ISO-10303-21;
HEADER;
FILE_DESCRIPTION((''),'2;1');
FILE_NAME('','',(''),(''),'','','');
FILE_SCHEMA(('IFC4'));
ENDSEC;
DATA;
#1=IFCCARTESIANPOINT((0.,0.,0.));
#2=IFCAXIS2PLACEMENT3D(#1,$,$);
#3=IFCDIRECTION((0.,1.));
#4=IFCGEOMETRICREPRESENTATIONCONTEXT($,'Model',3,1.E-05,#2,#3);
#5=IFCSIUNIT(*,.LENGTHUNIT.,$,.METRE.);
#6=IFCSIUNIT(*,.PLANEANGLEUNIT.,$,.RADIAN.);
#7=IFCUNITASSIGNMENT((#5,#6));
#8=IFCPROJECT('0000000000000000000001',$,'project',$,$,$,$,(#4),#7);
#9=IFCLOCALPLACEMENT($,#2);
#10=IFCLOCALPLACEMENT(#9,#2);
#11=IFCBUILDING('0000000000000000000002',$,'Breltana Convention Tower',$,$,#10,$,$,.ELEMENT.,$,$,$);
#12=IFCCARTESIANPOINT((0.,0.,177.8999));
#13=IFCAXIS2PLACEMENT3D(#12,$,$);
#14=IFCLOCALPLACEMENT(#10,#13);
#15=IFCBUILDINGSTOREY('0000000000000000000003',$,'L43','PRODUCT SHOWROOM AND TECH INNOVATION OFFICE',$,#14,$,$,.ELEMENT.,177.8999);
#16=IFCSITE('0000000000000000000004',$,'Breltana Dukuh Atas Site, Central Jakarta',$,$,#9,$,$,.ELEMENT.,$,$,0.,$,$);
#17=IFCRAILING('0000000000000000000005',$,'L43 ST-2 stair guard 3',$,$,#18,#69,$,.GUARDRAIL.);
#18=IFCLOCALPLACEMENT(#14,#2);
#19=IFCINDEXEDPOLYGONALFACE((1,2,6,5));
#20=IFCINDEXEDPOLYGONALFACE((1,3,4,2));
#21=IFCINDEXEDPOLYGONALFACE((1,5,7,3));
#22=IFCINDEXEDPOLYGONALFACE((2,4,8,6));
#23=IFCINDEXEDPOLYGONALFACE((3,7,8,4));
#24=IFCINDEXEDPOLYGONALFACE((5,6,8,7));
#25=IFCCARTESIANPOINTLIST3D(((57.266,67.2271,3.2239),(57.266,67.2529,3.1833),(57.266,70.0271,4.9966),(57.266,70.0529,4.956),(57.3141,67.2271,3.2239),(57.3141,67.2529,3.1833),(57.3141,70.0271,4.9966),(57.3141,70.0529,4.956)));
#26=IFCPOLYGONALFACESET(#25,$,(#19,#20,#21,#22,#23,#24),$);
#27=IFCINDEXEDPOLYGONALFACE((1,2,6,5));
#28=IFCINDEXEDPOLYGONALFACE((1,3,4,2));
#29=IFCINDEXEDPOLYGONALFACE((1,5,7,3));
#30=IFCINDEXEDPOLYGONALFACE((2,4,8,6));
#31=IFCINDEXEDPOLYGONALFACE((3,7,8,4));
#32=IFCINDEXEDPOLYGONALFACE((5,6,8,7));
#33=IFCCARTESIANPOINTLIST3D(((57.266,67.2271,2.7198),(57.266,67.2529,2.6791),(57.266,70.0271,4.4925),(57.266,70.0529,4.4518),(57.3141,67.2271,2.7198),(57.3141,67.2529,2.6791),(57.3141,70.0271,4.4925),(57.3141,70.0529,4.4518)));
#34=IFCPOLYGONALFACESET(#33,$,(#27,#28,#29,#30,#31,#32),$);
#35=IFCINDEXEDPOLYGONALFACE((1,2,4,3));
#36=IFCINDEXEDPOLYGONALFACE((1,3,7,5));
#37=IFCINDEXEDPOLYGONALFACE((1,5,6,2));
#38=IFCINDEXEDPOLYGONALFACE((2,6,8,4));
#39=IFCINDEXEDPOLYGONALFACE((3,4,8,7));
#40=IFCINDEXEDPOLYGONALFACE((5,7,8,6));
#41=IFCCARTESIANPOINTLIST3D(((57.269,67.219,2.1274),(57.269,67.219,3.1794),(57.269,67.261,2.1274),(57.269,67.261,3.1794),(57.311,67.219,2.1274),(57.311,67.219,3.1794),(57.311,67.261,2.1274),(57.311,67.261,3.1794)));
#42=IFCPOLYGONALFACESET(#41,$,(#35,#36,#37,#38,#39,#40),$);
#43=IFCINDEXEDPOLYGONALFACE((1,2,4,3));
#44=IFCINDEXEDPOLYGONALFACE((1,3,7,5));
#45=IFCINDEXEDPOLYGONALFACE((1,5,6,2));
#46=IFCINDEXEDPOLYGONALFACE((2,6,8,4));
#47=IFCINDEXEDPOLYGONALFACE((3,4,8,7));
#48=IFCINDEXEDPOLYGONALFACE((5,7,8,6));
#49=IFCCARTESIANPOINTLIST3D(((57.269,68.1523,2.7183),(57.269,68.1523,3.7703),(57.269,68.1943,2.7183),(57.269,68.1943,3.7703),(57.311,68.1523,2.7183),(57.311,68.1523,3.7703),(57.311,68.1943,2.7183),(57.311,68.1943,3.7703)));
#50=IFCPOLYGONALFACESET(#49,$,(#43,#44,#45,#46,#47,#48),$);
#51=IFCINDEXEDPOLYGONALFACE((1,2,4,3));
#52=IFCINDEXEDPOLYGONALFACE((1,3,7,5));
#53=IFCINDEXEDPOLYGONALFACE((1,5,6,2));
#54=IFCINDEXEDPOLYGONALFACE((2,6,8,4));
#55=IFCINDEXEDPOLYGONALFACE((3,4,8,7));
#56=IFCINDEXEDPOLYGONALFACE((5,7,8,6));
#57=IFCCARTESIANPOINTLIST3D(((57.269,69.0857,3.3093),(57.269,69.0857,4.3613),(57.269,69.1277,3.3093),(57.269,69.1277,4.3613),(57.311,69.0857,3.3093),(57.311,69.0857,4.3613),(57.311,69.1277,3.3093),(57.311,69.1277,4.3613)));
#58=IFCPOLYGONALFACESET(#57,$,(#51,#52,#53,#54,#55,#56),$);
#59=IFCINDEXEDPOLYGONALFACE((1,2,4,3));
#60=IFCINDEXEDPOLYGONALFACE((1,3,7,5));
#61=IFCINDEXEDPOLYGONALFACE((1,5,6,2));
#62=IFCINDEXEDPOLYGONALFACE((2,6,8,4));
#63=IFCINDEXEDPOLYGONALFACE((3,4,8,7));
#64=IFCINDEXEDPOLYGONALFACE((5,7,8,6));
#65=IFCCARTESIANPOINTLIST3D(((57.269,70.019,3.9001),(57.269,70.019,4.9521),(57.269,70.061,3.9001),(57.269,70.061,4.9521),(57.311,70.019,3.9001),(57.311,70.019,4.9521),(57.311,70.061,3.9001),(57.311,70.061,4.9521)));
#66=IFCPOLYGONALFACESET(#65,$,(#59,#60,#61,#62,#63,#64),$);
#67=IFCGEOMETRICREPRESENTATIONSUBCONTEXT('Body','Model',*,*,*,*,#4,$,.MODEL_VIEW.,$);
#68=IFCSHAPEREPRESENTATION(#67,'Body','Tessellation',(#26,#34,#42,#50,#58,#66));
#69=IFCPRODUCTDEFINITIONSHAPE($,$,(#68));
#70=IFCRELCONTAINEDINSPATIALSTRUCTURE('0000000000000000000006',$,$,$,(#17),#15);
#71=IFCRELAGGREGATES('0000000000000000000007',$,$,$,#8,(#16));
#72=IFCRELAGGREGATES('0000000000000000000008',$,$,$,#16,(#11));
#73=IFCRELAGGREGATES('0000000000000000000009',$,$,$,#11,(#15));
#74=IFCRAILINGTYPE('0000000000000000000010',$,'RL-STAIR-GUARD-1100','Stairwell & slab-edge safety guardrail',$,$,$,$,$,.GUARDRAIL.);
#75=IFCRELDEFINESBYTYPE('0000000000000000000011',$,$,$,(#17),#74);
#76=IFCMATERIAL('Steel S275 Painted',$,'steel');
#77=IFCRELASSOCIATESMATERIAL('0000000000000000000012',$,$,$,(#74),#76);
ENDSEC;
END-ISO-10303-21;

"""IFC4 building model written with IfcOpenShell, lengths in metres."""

from ifc_helpers import new_model, si_unit, direction, frame, origin, origin_2d, place, context, subcontext, project, spatial, rectangle, extrude, material, type_object, element, save


model = new_model("IFC4")

# Units and contexts
model_context = context("Model", 3, precision=1e-05, world=origin(), true_north=direction((0.0, 1.0)))
body_context = subcontext(model_context, "Body", "Model", "MODEL_VIEW")
ifc_project = project(units=[si_unit("LENGTHUNIT", "METRE"), si_unit("PLANEANGLEUNIT", "RADIAN")], contexts=[model_context])

# Site, building, storey
site_placement = place(None, origin())
site = spatial("IfcSite", under=ifc_project, at=site_placement, Name="Breltana Dukuh Atas Site, Central Jakarta", CompositionType="ELEMENT", RefElevation=0.0)
building_placement = place(site_placement, origin())
building = spatial("IfcBuilding", under=site, at=building_placement, Name="Breltana Convention Tower", CompositionType="ELEMENT")
storey_placement = place(building_placement, frame((0.0, 0.0, 177.8999)))
storey = spatial("IfcBuildingStorey", under=building, at=storey_placement, Name="L43", Description="PRODUCT SHOWROOM AND TECH INNOVATION OFFICE", CompositionType="ELEMENT", Elevation=177.8999)

# Railing
ifc_material_1 = material(Name="Steel S275 Painted", Category="steel")
railing_type = type_object("IfcRailingType", Name="RL-STAIR-GUARD-1100", Description="Stairwell & slab-edge safety guardrail", PredefinedType="GUARDRAIL", material=ifc_material_1)
railing_1_placement = place(storey_placement, frame((57.29, 67.24, 2.1274)))
element("IfcRailing", 1, at=railing_1_placement, inside=storey, type_object=railing_type, Name="L43 ST-2 stair guard 3", PredefinedType="GUARDRAIL", context=body_context, shape_type="SweptSolid", body=[
    extrude(rectangle(XDim=0.0481, YDim=0.0481, at=origin_2d()), frame((0.0, 0.0, 1.0762), z_axis=(0.0, 0.844909, 0.53491), x_axis=(-1.0, 0.0, 0.0)), (0.0, 0.0, 1.0), 3.314),
    extrude(rectangle(XDim=0.0481, YDim=0.0481, at=origin_2d()), frame((0.0, 0.0, 0.572), z_axis=(0.0, 0.844909, 0.53491), x_axis=(-1.0, 0.0, 0.0)), (0.0, 0.0, 1.0), 3.314),
    extrude(rectangle(XDim=0.042, YDim=0.042, at=origin_2d()), origin(), (0.0, 0.0, 1.0), 1.052),
    extrude(rectangle(XDim=0.042, YDim=0.042, at=origin_2d()), frame((0.0, 0.9333, 0.5908)), (0.0, 0.0, 1.0), 1.052),
    extrude(rectangle(XDim=0.042, YDim=0.042, at=origin_2d()), frame((0.0, 1.8667, 1.1819)), (0.0, 0.0, 1.0), 1.052),
    extrude(rectangle(XDim=0.042, YDim=0.042, at=origin_2d()), frame((0.0, 2.8, 1.7727)), (0.0, 0.0, 1.0), 1.052),
])

save(model, "model.ifc")
